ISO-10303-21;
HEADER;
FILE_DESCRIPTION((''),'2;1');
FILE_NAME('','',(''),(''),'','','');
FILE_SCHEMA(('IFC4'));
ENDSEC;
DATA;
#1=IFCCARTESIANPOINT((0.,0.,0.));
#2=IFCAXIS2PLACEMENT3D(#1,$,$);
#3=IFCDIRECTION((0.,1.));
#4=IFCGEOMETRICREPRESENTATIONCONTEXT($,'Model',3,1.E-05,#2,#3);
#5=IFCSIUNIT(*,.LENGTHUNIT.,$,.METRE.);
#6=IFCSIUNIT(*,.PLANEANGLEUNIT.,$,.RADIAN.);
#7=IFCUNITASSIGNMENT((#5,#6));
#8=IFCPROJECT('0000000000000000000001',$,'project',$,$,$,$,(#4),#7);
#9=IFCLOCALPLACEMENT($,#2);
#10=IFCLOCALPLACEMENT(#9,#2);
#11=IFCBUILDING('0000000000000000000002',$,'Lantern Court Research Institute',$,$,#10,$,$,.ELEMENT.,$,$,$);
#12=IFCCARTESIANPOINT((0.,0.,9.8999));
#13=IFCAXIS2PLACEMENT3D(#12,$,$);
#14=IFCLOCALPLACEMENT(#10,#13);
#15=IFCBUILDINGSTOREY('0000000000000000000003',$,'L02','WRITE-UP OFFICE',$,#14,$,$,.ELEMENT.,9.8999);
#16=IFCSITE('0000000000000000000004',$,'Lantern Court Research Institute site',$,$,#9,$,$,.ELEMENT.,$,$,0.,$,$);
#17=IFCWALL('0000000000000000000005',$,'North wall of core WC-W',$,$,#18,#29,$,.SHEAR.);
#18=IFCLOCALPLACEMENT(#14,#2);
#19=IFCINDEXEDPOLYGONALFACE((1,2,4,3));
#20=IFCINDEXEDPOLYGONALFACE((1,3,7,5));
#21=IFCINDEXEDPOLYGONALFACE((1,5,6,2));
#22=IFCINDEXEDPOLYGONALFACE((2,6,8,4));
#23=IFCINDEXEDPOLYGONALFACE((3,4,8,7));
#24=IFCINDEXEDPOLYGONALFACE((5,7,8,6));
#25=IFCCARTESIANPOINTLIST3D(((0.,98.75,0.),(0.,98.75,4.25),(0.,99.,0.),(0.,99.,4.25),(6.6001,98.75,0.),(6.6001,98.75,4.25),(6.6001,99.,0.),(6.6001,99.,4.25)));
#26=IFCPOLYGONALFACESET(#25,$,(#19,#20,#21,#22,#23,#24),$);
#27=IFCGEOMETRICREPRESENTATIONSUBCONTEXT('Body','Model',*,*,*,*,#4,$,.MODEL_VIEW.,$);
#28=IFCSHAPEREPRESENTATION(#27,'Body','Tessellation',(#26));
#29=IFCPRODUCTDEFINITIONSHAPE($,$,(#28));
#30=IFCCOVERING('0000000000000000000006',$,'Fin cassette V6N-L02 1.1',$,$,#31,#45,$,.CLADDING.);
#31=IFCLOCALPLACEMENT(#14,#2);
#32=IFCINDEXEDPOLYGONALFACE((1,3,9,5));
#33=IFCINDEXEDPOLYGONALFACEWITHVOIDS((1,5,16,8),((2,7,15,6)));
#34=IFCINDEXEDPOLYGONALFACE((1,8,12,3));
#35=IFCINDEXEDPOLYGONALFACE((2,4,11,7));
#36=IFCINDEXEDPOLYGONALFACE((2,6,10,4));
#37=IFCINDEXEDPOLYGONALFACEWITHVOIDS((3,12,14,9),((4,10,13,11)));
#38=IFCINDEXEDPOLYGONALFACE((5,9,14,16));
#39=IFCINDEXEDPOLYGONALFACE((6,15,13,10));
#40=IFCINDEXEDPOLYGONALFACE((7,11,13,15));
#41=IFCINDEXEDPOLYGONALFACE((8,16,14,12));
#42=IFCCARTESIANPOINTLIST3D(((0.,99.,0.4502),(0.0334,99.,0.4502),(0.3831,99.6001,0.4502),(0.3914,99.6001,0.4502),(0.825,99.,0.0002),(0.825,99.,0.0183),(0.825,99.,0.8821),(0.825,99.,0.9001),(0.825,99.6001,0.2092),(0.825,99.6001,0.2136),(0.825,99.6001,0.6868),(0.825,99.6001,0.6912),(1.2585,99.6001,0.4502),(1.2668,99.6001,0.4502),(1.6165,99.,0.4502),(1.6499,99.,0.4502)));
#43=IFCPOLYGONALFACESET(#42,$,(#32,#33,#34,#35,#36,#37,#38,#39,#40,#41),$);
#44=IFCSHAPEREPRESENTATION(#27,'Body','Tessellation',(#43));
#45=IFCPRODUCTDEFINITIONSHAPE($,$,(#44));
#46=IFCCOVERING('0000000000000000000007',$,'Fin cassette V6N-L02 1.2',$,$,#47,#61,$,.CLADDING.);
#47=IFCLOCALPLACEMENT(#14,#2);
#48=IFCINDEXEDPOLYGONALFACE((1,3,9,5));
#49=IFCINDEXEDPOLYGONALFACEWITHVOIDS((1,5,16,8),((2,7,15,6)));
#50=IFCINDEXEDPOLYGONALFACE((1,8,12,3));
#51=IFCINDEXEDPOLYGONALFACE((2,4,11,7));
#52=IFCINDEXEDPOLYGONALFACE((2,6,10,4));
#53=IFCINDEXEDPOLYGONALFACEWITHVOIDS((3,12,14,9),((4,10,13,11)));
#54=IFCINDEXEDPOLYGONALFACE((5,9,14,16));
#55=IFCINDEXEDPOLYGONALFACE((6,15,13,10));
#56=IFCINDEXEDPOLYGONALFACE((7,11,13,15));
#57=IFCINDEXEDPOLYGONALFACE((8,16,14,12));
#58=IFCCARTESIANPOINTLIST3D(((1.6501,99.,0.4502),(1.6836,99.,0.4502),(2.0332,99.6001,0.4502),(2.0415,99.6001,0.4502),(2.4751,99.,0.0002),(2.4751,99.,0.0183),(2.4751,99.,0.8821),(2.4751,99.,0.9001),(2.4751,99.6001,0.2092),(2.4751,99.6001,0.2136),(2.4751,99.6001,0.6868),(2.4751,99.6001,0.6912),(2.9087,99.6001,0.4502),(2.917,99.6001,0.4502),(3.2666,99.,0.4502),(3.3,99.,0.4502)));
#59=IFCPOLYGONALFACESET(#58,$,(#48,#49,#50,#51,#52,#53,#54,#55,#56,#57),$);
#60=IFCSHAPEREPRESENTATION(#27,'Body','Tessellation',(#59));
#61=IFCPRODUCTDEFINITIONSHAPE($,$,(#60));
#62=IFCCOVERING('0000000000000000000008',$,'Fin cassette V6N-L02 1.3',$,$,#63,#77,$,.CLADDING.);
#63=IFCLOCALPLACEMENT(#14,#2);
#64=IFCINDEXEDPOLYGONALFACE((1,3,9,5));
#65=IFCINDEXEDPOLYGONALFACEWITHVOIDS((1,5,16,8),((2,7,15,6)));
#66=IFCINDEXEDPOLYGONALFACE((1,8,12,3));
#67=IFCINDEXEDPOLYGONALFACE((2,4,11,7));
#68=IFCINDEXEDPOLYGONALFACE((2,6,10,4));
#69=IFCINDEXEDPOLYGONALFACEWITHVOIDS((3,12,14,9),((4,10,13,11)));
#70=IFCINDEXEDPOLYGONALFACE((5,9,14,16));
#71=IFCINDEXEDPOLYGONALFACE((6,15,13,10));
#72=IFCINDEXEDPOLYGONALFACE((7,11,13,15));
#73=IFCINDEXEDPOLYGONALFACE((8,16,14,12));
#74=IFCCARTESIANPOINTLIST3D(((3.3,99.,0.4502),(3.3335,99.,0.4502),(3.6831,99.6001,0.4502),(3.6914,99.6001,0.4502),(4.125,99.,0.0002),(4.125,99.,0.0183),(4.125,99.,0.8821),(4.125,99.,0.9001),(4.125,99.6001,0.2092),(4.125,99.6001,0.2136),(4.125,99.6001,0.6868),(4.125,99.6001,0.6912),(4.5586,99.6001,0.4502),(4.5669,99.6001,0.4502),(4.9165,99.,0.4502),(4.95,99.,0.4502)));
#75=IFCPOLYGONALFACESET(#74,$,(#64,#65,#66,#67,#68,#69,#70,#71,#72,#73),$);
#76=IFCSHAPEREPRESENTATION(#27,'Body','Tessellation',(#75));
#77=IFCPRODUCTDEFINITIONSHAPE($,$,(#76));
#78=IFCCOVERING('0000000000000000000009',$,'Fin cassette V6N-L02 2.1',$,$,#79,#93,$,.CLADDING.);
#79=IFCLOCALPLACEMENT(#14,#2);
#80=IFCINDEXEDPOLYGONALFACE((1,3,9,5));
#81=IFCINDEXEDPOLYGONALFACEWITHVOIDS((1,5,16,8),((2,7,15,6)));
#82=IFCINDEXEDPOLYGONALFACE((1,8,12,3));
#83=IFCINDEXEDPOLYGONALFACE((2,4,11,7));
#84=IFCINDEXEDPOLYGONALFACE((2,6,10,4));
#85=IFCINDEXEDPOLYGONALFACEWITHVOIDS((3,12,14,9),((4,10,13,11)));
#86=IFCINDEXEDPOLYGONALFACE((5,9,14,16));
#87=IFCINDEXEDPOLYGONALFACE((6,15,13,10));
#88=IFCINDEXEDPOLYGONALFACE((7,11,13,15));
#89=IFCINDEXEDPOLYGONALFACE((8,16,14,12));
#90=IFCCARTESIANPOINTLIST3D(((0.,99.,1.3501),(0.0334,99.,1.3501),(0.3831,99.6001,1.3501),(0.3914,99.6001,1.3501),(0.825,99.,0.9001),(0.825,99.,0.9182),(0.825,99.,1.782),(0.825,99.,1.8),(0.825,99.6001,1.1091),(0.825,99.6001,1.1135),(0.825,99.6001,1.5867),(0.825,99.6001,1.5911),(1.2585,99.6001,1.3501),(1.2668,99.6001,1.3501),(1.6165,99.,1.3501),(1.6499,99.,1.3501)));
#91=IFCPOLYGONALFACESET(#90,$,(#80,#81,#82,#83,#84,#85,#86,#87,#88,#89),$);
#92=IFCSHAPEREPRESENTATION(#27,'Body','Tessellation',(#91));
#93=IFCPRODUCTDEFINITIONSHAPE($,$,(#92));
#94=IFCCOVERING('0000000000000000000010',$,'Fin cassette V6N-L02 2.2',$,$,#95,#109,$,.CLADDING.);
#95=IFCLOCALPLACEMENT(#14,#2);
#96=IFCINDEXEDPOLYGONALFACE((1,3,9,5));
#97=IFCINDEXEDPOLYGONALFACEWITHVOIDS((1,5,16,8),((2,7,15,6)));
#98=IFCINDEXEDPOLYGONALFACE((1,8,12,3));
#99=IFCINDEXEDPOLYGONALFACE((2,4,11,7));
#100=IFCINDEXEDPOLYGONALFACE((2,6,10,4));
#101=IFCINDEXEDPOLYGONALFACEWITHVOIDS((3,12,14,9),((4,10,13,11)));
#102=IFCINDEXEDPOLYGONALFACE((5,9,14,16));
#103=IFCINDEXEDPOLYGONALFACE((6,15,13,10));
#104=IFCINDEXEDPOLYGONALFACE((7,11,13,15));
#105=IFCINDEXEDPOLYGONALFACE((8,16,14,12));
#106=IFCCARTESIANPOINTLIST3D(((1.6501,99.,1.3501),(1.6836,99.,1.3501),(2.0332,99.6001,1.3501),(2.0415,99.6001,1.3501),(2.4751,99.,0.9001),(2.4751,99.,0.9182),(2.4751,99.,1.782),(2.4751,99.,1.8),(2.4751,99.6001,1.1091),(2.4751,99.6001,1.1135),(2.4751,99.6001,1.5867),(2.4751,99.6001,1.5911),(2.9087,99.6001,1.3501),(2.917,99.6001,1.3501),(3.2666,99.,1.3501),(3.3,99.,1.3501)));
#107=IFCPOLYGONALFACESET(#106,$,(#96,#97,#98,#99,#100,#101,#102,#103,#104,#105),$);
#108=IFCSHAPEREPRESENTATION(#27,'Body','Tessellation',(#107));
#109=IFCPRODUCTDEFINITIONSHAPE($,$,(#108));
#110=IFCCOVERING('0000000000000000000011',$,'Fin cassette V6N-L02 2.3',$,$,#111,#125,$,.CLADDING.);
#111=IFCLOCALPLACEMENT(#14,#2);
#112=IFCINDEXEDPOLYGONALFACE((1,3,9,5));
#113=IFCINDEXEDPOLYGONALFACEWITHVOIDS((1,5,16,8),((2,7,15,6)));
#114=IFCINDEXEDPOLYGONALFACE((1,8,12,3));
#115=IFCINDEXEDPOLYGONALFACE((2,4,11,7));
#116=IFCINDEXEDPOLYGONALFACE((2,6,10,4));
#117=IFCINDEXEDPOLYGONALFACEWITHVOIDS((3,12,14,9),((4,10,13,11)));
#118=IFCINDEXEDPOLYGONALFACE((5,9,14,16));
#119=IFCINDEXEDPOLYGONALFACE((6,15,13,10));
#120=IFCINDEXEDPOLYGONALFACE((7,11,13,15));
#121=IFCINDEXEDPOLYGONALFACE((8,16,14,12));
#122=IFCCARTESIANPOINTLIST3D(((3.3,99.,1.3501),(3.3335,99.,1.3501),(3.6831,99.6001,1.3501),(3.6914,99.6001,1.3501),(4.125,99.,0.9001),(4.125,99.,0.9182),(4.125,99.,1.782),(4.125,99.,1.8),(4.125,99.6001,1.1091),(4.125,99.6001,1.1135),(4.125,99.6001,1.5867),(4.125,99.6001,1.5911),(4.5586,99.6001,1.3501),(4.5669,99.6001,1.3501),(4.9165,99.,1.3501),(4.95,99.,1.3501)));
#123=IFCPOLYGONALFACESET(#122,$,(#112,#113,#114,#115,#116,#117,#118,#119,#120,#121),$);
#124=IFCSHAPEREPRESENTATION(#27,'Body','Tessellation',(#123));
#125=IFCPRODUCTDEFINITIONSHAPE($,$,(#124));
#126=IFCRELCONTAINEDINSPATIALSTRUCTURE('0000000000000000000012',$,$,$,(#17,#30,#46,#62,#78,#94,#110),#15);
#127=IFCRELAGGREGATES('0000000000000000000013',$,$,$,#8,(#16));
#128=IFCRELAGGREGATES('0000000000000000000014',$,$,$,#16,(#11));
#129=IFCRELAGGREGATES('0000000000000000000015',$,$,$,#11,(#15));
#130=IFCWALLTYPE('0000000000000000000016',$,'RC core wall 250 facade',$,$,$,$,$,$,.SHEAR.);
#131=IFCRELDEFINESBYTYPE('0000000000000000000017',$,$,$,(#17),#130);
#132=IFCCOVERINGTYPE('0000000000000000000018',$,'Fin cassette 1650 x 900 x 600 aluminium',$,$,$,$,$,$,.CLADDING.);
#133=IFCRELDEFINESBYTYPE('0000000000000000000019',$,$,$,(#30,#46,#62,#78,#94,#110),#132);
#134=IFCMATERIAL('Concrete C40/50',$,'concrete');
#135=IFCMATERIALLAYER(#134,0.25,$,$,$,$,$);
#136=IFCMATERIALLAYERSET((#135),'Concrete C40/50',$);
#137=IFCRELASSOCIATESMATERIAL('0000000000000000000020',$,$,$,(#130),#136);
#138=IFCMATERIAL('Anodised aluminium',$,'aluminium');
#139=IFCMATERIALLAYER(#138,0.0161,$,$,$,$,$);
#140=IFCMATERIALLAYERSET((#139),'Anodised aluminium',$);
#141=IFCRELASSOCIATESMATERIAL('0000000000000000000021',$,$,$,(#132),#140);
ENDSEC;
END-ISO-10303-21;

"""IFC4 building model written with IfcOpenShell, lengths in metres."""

from ifc_helpers import new_model, entity, si_unit, direction, frame, frame_2d, origin, place, context, subcontext, project, spatial, rectangle, extrude, material, layer, layer_set, type_object, element, save


model = new_model("IFC4")

# Units and contexts
model_context = context("Model", 3, precision=1e-05, world=origin(), true_north=direction((0.0, 1.0)))
body_context = subcontext(model_context, "Body", "Model", "MODEL_VIEW")
ifc_project = project(units=[si_unit("LENGTHUNIT", "METRE"), si_unit("PLANEANGLEUNIT", "RADIAN")], contexts=[model_context])

# Site, building, storey
site_placement = place(None, origin())
site = spatial("IfcSite", under=ifc_project, at=site_placement, Name="Lantern Court Research Institute site", CompositionType="ELEMENT", RefElevation=0.0)
building_placement = place(site_placement, origin())
building = spatial("IfcBuilding", under=site, at=building_placement, Name="Lantern Court Research Institute", CompositionType="ELEMENT")
storey_placement = place(building_placement, frame((0.0, 0.0, 9.8999)))
storey = spatial("IfcBuildingStorey", under=building, at=storey_placement, Name="L02", Description="WRITE-UP OFFICE", CompositionType="ELEMENT", Elevation=9.8999)

# Wall
ifc_material_1 = material(Name="Concrete C40/50", Category="concrete")
ifc_layer_1 = layer(ifc_material_1, 0.25)
ifc_layer_set_1 = layer_set([ifc_layer_1], Name="Concrete C40/50")
wall_type = type_object("IfcWallType", Name="RC core wall 250 facade", PredefinedType="SHEAR", material=ifc_layer_set_1)
wall_placement = place(storey_placement, frame((0.0, 98.875, 0.0), z_axis=(0.0, 0.0, 1.0), x_axis=(1.0, 0.0, 0.0)))
element("IfcWall", 1, at=wall_placement, inside=storey, type_object=wall_type, Name="North wall of core WC-W", PredefinedType="SHEAR", context=body_context, shape_type="SweptSolid", body=[
    extrude(rectangle(XDim=6.6001, YDim=0.25, at=frame_2d((3.3, 0.0))), origin(), (0.0, 0.0, 1.0), 4.25),
])

# Coverings
ifc_material_2 = material(Name="Anodised aluminium", Category="aluminium")
ifc_layer_2 = layer(ifc_material_2, 0.0161)
ifc_layer_set_2 = layer_set([ifc_layer_2], Name="Anodised aluminium")
covering_type = type_object("IfcCoveringType", Name="Fin cassette 1650 x 900 x 600 aluminium", PredefinedType="CLADDING", material=ifc_layer_set_2)
covering_1_placement = place(storey_placement, frame((0.825, 99.0, 0.4502), z_axis=(0.0, 1.0, 0.0), x_axis=(-1.0, 0.0, 0.0)))
cartesian_point_1 = entity("IfcCartesianPoint", [0.825, 0.0])
cartesian_point_2 = entity("IfcCartesianPoint", [0.7915, 0.0])
cartesian_point_3 = entity("IfcCartesianPoint", [0.4419, 0.0])
cartesian_point_4 = entity("IfcCartesianPoint", [0.4336, 0.0])
element("IfcCovering", 2, at=covering_1_placement, inside=storey, type_object=covering_type, Name="Fin cassette V6N-L02 1.1", PredefinedType="CLADDING", context=body_context, shape_type="SweptSolid", body=[
    entity("IfcExtrudedAreaSolidTapered", entity("IfcArbitraryProfileDefWithVoids", "AREA", None, entity("IfcPolyline", [cartesian_point_1, entity("IfcCartesianPoint", [0.0, 0.45]), entity("IfcCartesianPoint", [-0.825, 0.0]), entity("IfcCartesianPoint", [0.0, -0.45]), cartesian_point_1]), [entity("IfcPolyline", [cartesian_point_2, entity("IfcCartesianPoint", [0.0, 0.4319]), entity("IfcCartesianPoint", [-0.7915, 0.0]), entity("IfcCartesianPoint", [0.0, -0.4319]), cartesian_point_2])]), entity("IfcAxis2Placement3D", entity("IfcCartesianPoint", [0.0, 0.0, 0.0])), entity("IfcDirection", [0.0, 0.0, 1.0]), 0.6001, entity("IfcArbitraryProfileDefWithVoids", "AREA", None, entity("IfcPolyline", [cartesian_point_3, entity("IfcCartesianPoint", [0.0, 0.241]), entity("IfcCartesianPoint", [-0.4419, 0.0]), entity("IfcCartesianPoint", [0.0, -0.241]), cartesian_point_3]), [entity("IfcPolyline", [cartesian_point_4, entity("IfcCartesianPoint", [0.0, 0.2366]), entity("IfcCartesianPoint", [-0.4336, 0.0]), entity("IfcCartesianPoint", [0.0, -0.2366]), cartesian_point_4])])),
])
covering_2_placement = place(storey_placement, frame((2.4751, 99.0, 0.4502), z_axis=(0.0, 1.0, 0.0), x_axis=(-1.0, 0.0, 0.0)))
cartesian_point_5 = entity("IfcCartesianPoint", [0.825, 0.0])
cartesian_point_6 = entity("IfcCartesianPoint", [0.7915, 0.0])
cartesian_point_7 = entity("IfcCartesianPoint", [0.4419, 0.0])
cartesian_point_8 = entity("IfcCartesianPoint", [0.4336, 0.0])
element("IfcCovering", 3, at=covering_2_placement, inside=storey, type_object=covering_type, Name="Fin cassette V6N-L02 1.2", PredefinedType="CLADDING", context=body_context, shape_type="SweptSolid", body=[
    entity("IfcExtrudedAreaSolidTapered", entity("IfcArbitraryProfileDefWithVoids", "AREA", None, entity("IfcPolyline", [cartesian_point_5, entity("IfcCartesianPoint", [0.0, 0.45]), entity("IfcCartesianPoint", [-0.825, 0.0]), entity("IfcCartesianPoint", [0.0, -0.45]), cartesian_point_5]), [entity("IfcPolyline", [cartesian_point_6, entity("IfcCartesianPoint", [0.0, 0.4319]), entity("IfcCartesianPoint", [-0.7915, 0.0]), entity("IfcCartesianPoint", [0.0, -0.4319]), cartesian_point_6])]), entity("IfcAxis2Placement3D", entity("IfcCartesianPoint", [0.0, 0.0, 0.0])), entity("IfcDirection", [0.0, 0.0, 1.0]), 0.6001, entity("IfcArbitraryProfileDefWithVoids", "AREA", None, entity("IfcPolyline", [cartesian_point_7, entity("IfcCartesianPoint", [0.0, 0.241]), entity("IfcCartesianPoint", [-0.4419, 0.0]), entity("IfcCartesianPoint", [0.0, -0.241]), cartesian_point_7]), [entity("IfcPolyline", [cartesian_point_8, entity("IfcCartesianPoint", [0.0, 0.2366]), entity("IfcCartesianPoint", [-0.4336, 0.0]), entity("IfcCartesianPoint", [0.0, -0.2366]), cartesian_point_8])])),
])
covering_3_placement = place(storey_placement, frame((4.125, 99.0, 0.4502), z_axis=(0.0, 1.0, 0.0), x_axis=(-1.0, 0.0, 0.0)))
cartesian_point_9 = entity("IfcCartesianPoint", [0.825, 0.0])
cartesian_point_10 = entity("IfcCartesianPoint", [0.7915, 0.0])
cartesian_point_11 = entity("IfcCartesianPoint", [0.4419, 0.0])
cartesian_point_12 = entity("IfcCartesianPoint", [0.4336, 0.0])
element("IfcCovering", 4, at=covering_3_placement, inside=storey, type_object=covering_type, Name="Fin cassette V6N-L02 1.3", PredefinedType="CLADDING", context=body_context, shape_type="SweptSolid", body=[
    entity("IfcExtrudedAreaSolidTapered", entity("IfcArbitraryProfileDefWithVoids", "AREA", None, entity("IfcPolyline", [cartesian_point_9, entity("IfcCartesianPoint", [0.0, 0.45]), entity("IfcCartesianPoint", [-0.825, 0.0]), entity("IfcCartesianPoint", [0.0, -0.45]), cartesian_point_9]), [entity("IfcPolyline", [cartesian_point_10, entity("IfcCartesianPoint", [0.0, 0.4319]), entity("IfcCartesianPoint", [-0.7915, 0.0]), entity("IfcCartesianPoint", [0.0, -0.4319]), cartesian_point_10])]), entity("IfcAxis2Placement3D", entity("IfcCartesianPoint", [0.0, 0.0, 0.0])), entity("IfcDirection", [0.0, 0.0, 1.0]), 0.6001, entity("IfcArbitraryProfileDefWithVoids", "AREA", None, entity("IfcPolyline", [cartesian_point_11, entity("IfcCartesianPoint", [0.0, 0.241]), entity("IfcCartesianPoint", [-0.4419, 0.0]), entity("IfcCartesianPoint", [0.0, -0.241]), cartesian_point_11]), [entity("IfcPolyline", [cartesian_point_12, entity("IfcCartesianPoint", [0.0, 0.2366]), entity("IfcCartesianPoint", [-0.4336, 0.0]), entity("IfcCartesianPoint", [0.0, -0.2366]), cartesian_point_12])])),
])
covering_4_placement = place(storey_placement, frame((0.825, 99.0, 1.3501), z_axis=(0.0, 1.0, 0.0), x_axis=(-1.0, 0.0, 0.0)))
cartesian_point_13 = entity("IfcCartesianPoint", [0.825, 0.0])
cartesian_point_14 = entity("IfcCartesianPoint", [0.7915, 0.0])
cartesian_point_15 = entity("IfcCartesianPoint", [0.4419, 0.0])
cartesian_point_16 = entity("IfcCartesianPoint", [0.4336, 0.0])
element("IfcCovering", 5, at=covering_4_placement, inside=storey, type_object=covering_type, Name="Fin cassette V6N-L02 2.1", PredefinedType="CLADDING", context=body_context, shape_type="SweptSolid", body=[
    entity("IfcExtrudedAreaSolidTapered", entity("IfcArbitraryProfileDefWithVoids", "AREA", None, entity("IfcPolyline", [cartesian_point_13, entity("IfcCartesianPoint", [0.0, 0.45]), entity("IfcCartesianPoint", [-0.825, 0.0]), entity("IfcCartesianPoint", [0.0, -0.45]), cartesian_point_13]), [entity("IfcPolyline", [cartesian_point_14, entity("IfcCartesianPoint", [0.0, 0.4319]), entity("IfcCartesianPoint", [-0.7915, 0.0]), entity("IfcCartesianPoint", [0.0, -0.4319]), cartesian_point_14])]), entity("IfcAxis2Placement3D", entity("IfcCartesianPoint", [0.0, 0.0, 0.0])), entity("IfcDirection", [0.0, 0.0, 1.0]), 0.6001, entity("IfcArbitraryProfileDefWithVoids", "AREA", None, entity("IfcPolyline", [cartesian_point_15, entity("IfcCartesianPoint", [0.0, 0.241]), entity("IfcCartesianPoint", [-0.4419, 0.0]), entity("IfcCartesianPoint", [0.0, -0.241]), cartesian_point_15]), [entity("IfcPolyline", [cartesian_point_16, entity("IfcCartesianPoint", [0.0, 0.2366]), entity("IfcCartesianPoint", [-0.4336, 0.0]), entity("IfcCartesianPoint", [0.0, -0.2366]), cartesian_point_16])])),
])
covering_5_placement = place(storey_placement, frame((2.4751, 99.0, 1.3501), z_axis=(0.0, 1.0, 0.0), x_axis=(-1.0, 0.0, 0.0)))
cartesian_point_17 = entity("IfcCartesianPoint", [0.825, 0.0])
cartesian_point_18 = entity("IfcCartesianPoint", [0.7915, 0.0])
cartesian_point_19 = entity("IfcCartesianPoint", [0.4419, 0.0])
cartesian_point_20 = entity("IfcCartesianPoint", [0.4336, 0.0])
element("IfcCovering", 6, at=covering_5_placement, inside=storey, type_object=covering_type, Name="Fin cassette V6N-L02 2.2", PredefinedType="CLADDING", context=body_context, shape_type="SweptSolid", body=[
    entity("IfcExtrudedAreaSolidTapered", entity("IfcArbitraryProfileDefWithVoids", "AREA", None, entity("IfcPolyline", [cartesian_point_17, entity("IfcCartesianPoint", [0.0, 0.45]), entity("IfcCartesianPoint", [-0.825, 0.0]), entity("IfcCartesianPoint", [0.0, -0.45]), cartesian_point_17]), [entity("IfcPolyline", [cartesian_point_18, entity("IfcCartesianPoint", [0.0, 0.4319]), entity("IfcCartesianPoint", [-0.7915, 0.0]), entity("IfcCartesianPoint", [0.0, -0.4319]), cartesian_point_18])]), entity("IfcAxis2Placement3D", entity("IfcCartesianPoint", [0.0, 0.0, 0.0])), entity("IfcDirection", [0.0, 0.0, 1.0]), 0.6001, entity("IfcArbitraryProfileDefWithVoids", "AREA", None, entity("IfcPolyline", [cartesian_point_19, entity("IfcCartesianPoint", [0.0, 0.241]), entity("IfcCartesianPoint", [-0.4419, 0.0]), entity("IfcCartesianPoint", [0.0, -0.241]), cartesian_point_19]), [entity("IfcPolyline", [cartesian_point_20, entity("IfcCartesianPoint", [0.0, 0.2366]), entity("IfcCartesianPoint", [-0.4336, 0.0]), entity("IfcCartesianPoint", [0.0, -0.2366]), cartesian_point_20])])),
])
covering_6_placement = place(storey_placement, frame((4.125, 99.0, 1.3501), z_axis=(0.0, 1.0, 0.0), x_axis=(-1.0, 0.0, 0.0)))
cartesian_point_21 = entity("IfcCartesianPoint", [0.825, 0.0])
cartesian_point_22 = entity("IfcCartesianPoint", [0.7915, 0.0])
cartesian_point_23 = entity("IfcCartesianPoint", [0.4419, 0.0])
cartesian_point_24 = entity("IfcCartesianPoint", [0.4336, 0.0])
element("IfcCovering", 7, at=covering_6_placement, inside=storey, type_object=covering_type, Name="Fin cassette V6N-L02 2.3", PredefinedType="CLADDING", context=body_context, shape_type="SweptSolid", body=[
    entity("IfcExtrudedAreaSolidTapered", entity("IfcArbitraryProfileDefWithVoids", "AREA", None, entity("IfcPolyline", [cartesian_point_21, entity("IfcCartesianPoint", [0.0, 0.45]), entity("IfcCartesianPoint", [-0.825, 0.0]), entity("IfcCartesianPoint", [0.0, -0.45]), cartesian_point_21]), [entity("IfcPolyline", [cartesian_point_22, entity("IfcCartesianPoint", [0.0, 0.4319]), entity("IfcCartesianPoint", [-0.7915, 0.0]), entity("IfcCartesianPoint", [0.0, -0.4319]), cartesian_point_22])]), entity("IfcAxis2Placement3D", entity("IfcCartesianPoint", [0.0, 0.0, 0.0])), entity("IfcDirection", [0.0, 0.0, 1.0]), 0.6001, entity("IfcArbitraryProfileDefWithVoids", "AREA", None, entity("IfcPolyline", [cartesian_point_23, entity("IfcCartesianPoint", [0.0, 0.241]), entity("IfcCartesianPoint", [-0.4419, 0.0]), entity("IfcCartesianPoint", [0.0, -0.241]), cartesian_point_23]), [entity("IfcPolyline", [cartesian_point_24, entity("IfcCartesianPoint", [0.0, 0.2366]), entity("IfcCartesianPoint", [-0.4336, 0.0]), entity("IfcCartesianPoint", [0.0, -0.2366]), cartesian_point_24])])),
])

save(model, "model.ifc")
